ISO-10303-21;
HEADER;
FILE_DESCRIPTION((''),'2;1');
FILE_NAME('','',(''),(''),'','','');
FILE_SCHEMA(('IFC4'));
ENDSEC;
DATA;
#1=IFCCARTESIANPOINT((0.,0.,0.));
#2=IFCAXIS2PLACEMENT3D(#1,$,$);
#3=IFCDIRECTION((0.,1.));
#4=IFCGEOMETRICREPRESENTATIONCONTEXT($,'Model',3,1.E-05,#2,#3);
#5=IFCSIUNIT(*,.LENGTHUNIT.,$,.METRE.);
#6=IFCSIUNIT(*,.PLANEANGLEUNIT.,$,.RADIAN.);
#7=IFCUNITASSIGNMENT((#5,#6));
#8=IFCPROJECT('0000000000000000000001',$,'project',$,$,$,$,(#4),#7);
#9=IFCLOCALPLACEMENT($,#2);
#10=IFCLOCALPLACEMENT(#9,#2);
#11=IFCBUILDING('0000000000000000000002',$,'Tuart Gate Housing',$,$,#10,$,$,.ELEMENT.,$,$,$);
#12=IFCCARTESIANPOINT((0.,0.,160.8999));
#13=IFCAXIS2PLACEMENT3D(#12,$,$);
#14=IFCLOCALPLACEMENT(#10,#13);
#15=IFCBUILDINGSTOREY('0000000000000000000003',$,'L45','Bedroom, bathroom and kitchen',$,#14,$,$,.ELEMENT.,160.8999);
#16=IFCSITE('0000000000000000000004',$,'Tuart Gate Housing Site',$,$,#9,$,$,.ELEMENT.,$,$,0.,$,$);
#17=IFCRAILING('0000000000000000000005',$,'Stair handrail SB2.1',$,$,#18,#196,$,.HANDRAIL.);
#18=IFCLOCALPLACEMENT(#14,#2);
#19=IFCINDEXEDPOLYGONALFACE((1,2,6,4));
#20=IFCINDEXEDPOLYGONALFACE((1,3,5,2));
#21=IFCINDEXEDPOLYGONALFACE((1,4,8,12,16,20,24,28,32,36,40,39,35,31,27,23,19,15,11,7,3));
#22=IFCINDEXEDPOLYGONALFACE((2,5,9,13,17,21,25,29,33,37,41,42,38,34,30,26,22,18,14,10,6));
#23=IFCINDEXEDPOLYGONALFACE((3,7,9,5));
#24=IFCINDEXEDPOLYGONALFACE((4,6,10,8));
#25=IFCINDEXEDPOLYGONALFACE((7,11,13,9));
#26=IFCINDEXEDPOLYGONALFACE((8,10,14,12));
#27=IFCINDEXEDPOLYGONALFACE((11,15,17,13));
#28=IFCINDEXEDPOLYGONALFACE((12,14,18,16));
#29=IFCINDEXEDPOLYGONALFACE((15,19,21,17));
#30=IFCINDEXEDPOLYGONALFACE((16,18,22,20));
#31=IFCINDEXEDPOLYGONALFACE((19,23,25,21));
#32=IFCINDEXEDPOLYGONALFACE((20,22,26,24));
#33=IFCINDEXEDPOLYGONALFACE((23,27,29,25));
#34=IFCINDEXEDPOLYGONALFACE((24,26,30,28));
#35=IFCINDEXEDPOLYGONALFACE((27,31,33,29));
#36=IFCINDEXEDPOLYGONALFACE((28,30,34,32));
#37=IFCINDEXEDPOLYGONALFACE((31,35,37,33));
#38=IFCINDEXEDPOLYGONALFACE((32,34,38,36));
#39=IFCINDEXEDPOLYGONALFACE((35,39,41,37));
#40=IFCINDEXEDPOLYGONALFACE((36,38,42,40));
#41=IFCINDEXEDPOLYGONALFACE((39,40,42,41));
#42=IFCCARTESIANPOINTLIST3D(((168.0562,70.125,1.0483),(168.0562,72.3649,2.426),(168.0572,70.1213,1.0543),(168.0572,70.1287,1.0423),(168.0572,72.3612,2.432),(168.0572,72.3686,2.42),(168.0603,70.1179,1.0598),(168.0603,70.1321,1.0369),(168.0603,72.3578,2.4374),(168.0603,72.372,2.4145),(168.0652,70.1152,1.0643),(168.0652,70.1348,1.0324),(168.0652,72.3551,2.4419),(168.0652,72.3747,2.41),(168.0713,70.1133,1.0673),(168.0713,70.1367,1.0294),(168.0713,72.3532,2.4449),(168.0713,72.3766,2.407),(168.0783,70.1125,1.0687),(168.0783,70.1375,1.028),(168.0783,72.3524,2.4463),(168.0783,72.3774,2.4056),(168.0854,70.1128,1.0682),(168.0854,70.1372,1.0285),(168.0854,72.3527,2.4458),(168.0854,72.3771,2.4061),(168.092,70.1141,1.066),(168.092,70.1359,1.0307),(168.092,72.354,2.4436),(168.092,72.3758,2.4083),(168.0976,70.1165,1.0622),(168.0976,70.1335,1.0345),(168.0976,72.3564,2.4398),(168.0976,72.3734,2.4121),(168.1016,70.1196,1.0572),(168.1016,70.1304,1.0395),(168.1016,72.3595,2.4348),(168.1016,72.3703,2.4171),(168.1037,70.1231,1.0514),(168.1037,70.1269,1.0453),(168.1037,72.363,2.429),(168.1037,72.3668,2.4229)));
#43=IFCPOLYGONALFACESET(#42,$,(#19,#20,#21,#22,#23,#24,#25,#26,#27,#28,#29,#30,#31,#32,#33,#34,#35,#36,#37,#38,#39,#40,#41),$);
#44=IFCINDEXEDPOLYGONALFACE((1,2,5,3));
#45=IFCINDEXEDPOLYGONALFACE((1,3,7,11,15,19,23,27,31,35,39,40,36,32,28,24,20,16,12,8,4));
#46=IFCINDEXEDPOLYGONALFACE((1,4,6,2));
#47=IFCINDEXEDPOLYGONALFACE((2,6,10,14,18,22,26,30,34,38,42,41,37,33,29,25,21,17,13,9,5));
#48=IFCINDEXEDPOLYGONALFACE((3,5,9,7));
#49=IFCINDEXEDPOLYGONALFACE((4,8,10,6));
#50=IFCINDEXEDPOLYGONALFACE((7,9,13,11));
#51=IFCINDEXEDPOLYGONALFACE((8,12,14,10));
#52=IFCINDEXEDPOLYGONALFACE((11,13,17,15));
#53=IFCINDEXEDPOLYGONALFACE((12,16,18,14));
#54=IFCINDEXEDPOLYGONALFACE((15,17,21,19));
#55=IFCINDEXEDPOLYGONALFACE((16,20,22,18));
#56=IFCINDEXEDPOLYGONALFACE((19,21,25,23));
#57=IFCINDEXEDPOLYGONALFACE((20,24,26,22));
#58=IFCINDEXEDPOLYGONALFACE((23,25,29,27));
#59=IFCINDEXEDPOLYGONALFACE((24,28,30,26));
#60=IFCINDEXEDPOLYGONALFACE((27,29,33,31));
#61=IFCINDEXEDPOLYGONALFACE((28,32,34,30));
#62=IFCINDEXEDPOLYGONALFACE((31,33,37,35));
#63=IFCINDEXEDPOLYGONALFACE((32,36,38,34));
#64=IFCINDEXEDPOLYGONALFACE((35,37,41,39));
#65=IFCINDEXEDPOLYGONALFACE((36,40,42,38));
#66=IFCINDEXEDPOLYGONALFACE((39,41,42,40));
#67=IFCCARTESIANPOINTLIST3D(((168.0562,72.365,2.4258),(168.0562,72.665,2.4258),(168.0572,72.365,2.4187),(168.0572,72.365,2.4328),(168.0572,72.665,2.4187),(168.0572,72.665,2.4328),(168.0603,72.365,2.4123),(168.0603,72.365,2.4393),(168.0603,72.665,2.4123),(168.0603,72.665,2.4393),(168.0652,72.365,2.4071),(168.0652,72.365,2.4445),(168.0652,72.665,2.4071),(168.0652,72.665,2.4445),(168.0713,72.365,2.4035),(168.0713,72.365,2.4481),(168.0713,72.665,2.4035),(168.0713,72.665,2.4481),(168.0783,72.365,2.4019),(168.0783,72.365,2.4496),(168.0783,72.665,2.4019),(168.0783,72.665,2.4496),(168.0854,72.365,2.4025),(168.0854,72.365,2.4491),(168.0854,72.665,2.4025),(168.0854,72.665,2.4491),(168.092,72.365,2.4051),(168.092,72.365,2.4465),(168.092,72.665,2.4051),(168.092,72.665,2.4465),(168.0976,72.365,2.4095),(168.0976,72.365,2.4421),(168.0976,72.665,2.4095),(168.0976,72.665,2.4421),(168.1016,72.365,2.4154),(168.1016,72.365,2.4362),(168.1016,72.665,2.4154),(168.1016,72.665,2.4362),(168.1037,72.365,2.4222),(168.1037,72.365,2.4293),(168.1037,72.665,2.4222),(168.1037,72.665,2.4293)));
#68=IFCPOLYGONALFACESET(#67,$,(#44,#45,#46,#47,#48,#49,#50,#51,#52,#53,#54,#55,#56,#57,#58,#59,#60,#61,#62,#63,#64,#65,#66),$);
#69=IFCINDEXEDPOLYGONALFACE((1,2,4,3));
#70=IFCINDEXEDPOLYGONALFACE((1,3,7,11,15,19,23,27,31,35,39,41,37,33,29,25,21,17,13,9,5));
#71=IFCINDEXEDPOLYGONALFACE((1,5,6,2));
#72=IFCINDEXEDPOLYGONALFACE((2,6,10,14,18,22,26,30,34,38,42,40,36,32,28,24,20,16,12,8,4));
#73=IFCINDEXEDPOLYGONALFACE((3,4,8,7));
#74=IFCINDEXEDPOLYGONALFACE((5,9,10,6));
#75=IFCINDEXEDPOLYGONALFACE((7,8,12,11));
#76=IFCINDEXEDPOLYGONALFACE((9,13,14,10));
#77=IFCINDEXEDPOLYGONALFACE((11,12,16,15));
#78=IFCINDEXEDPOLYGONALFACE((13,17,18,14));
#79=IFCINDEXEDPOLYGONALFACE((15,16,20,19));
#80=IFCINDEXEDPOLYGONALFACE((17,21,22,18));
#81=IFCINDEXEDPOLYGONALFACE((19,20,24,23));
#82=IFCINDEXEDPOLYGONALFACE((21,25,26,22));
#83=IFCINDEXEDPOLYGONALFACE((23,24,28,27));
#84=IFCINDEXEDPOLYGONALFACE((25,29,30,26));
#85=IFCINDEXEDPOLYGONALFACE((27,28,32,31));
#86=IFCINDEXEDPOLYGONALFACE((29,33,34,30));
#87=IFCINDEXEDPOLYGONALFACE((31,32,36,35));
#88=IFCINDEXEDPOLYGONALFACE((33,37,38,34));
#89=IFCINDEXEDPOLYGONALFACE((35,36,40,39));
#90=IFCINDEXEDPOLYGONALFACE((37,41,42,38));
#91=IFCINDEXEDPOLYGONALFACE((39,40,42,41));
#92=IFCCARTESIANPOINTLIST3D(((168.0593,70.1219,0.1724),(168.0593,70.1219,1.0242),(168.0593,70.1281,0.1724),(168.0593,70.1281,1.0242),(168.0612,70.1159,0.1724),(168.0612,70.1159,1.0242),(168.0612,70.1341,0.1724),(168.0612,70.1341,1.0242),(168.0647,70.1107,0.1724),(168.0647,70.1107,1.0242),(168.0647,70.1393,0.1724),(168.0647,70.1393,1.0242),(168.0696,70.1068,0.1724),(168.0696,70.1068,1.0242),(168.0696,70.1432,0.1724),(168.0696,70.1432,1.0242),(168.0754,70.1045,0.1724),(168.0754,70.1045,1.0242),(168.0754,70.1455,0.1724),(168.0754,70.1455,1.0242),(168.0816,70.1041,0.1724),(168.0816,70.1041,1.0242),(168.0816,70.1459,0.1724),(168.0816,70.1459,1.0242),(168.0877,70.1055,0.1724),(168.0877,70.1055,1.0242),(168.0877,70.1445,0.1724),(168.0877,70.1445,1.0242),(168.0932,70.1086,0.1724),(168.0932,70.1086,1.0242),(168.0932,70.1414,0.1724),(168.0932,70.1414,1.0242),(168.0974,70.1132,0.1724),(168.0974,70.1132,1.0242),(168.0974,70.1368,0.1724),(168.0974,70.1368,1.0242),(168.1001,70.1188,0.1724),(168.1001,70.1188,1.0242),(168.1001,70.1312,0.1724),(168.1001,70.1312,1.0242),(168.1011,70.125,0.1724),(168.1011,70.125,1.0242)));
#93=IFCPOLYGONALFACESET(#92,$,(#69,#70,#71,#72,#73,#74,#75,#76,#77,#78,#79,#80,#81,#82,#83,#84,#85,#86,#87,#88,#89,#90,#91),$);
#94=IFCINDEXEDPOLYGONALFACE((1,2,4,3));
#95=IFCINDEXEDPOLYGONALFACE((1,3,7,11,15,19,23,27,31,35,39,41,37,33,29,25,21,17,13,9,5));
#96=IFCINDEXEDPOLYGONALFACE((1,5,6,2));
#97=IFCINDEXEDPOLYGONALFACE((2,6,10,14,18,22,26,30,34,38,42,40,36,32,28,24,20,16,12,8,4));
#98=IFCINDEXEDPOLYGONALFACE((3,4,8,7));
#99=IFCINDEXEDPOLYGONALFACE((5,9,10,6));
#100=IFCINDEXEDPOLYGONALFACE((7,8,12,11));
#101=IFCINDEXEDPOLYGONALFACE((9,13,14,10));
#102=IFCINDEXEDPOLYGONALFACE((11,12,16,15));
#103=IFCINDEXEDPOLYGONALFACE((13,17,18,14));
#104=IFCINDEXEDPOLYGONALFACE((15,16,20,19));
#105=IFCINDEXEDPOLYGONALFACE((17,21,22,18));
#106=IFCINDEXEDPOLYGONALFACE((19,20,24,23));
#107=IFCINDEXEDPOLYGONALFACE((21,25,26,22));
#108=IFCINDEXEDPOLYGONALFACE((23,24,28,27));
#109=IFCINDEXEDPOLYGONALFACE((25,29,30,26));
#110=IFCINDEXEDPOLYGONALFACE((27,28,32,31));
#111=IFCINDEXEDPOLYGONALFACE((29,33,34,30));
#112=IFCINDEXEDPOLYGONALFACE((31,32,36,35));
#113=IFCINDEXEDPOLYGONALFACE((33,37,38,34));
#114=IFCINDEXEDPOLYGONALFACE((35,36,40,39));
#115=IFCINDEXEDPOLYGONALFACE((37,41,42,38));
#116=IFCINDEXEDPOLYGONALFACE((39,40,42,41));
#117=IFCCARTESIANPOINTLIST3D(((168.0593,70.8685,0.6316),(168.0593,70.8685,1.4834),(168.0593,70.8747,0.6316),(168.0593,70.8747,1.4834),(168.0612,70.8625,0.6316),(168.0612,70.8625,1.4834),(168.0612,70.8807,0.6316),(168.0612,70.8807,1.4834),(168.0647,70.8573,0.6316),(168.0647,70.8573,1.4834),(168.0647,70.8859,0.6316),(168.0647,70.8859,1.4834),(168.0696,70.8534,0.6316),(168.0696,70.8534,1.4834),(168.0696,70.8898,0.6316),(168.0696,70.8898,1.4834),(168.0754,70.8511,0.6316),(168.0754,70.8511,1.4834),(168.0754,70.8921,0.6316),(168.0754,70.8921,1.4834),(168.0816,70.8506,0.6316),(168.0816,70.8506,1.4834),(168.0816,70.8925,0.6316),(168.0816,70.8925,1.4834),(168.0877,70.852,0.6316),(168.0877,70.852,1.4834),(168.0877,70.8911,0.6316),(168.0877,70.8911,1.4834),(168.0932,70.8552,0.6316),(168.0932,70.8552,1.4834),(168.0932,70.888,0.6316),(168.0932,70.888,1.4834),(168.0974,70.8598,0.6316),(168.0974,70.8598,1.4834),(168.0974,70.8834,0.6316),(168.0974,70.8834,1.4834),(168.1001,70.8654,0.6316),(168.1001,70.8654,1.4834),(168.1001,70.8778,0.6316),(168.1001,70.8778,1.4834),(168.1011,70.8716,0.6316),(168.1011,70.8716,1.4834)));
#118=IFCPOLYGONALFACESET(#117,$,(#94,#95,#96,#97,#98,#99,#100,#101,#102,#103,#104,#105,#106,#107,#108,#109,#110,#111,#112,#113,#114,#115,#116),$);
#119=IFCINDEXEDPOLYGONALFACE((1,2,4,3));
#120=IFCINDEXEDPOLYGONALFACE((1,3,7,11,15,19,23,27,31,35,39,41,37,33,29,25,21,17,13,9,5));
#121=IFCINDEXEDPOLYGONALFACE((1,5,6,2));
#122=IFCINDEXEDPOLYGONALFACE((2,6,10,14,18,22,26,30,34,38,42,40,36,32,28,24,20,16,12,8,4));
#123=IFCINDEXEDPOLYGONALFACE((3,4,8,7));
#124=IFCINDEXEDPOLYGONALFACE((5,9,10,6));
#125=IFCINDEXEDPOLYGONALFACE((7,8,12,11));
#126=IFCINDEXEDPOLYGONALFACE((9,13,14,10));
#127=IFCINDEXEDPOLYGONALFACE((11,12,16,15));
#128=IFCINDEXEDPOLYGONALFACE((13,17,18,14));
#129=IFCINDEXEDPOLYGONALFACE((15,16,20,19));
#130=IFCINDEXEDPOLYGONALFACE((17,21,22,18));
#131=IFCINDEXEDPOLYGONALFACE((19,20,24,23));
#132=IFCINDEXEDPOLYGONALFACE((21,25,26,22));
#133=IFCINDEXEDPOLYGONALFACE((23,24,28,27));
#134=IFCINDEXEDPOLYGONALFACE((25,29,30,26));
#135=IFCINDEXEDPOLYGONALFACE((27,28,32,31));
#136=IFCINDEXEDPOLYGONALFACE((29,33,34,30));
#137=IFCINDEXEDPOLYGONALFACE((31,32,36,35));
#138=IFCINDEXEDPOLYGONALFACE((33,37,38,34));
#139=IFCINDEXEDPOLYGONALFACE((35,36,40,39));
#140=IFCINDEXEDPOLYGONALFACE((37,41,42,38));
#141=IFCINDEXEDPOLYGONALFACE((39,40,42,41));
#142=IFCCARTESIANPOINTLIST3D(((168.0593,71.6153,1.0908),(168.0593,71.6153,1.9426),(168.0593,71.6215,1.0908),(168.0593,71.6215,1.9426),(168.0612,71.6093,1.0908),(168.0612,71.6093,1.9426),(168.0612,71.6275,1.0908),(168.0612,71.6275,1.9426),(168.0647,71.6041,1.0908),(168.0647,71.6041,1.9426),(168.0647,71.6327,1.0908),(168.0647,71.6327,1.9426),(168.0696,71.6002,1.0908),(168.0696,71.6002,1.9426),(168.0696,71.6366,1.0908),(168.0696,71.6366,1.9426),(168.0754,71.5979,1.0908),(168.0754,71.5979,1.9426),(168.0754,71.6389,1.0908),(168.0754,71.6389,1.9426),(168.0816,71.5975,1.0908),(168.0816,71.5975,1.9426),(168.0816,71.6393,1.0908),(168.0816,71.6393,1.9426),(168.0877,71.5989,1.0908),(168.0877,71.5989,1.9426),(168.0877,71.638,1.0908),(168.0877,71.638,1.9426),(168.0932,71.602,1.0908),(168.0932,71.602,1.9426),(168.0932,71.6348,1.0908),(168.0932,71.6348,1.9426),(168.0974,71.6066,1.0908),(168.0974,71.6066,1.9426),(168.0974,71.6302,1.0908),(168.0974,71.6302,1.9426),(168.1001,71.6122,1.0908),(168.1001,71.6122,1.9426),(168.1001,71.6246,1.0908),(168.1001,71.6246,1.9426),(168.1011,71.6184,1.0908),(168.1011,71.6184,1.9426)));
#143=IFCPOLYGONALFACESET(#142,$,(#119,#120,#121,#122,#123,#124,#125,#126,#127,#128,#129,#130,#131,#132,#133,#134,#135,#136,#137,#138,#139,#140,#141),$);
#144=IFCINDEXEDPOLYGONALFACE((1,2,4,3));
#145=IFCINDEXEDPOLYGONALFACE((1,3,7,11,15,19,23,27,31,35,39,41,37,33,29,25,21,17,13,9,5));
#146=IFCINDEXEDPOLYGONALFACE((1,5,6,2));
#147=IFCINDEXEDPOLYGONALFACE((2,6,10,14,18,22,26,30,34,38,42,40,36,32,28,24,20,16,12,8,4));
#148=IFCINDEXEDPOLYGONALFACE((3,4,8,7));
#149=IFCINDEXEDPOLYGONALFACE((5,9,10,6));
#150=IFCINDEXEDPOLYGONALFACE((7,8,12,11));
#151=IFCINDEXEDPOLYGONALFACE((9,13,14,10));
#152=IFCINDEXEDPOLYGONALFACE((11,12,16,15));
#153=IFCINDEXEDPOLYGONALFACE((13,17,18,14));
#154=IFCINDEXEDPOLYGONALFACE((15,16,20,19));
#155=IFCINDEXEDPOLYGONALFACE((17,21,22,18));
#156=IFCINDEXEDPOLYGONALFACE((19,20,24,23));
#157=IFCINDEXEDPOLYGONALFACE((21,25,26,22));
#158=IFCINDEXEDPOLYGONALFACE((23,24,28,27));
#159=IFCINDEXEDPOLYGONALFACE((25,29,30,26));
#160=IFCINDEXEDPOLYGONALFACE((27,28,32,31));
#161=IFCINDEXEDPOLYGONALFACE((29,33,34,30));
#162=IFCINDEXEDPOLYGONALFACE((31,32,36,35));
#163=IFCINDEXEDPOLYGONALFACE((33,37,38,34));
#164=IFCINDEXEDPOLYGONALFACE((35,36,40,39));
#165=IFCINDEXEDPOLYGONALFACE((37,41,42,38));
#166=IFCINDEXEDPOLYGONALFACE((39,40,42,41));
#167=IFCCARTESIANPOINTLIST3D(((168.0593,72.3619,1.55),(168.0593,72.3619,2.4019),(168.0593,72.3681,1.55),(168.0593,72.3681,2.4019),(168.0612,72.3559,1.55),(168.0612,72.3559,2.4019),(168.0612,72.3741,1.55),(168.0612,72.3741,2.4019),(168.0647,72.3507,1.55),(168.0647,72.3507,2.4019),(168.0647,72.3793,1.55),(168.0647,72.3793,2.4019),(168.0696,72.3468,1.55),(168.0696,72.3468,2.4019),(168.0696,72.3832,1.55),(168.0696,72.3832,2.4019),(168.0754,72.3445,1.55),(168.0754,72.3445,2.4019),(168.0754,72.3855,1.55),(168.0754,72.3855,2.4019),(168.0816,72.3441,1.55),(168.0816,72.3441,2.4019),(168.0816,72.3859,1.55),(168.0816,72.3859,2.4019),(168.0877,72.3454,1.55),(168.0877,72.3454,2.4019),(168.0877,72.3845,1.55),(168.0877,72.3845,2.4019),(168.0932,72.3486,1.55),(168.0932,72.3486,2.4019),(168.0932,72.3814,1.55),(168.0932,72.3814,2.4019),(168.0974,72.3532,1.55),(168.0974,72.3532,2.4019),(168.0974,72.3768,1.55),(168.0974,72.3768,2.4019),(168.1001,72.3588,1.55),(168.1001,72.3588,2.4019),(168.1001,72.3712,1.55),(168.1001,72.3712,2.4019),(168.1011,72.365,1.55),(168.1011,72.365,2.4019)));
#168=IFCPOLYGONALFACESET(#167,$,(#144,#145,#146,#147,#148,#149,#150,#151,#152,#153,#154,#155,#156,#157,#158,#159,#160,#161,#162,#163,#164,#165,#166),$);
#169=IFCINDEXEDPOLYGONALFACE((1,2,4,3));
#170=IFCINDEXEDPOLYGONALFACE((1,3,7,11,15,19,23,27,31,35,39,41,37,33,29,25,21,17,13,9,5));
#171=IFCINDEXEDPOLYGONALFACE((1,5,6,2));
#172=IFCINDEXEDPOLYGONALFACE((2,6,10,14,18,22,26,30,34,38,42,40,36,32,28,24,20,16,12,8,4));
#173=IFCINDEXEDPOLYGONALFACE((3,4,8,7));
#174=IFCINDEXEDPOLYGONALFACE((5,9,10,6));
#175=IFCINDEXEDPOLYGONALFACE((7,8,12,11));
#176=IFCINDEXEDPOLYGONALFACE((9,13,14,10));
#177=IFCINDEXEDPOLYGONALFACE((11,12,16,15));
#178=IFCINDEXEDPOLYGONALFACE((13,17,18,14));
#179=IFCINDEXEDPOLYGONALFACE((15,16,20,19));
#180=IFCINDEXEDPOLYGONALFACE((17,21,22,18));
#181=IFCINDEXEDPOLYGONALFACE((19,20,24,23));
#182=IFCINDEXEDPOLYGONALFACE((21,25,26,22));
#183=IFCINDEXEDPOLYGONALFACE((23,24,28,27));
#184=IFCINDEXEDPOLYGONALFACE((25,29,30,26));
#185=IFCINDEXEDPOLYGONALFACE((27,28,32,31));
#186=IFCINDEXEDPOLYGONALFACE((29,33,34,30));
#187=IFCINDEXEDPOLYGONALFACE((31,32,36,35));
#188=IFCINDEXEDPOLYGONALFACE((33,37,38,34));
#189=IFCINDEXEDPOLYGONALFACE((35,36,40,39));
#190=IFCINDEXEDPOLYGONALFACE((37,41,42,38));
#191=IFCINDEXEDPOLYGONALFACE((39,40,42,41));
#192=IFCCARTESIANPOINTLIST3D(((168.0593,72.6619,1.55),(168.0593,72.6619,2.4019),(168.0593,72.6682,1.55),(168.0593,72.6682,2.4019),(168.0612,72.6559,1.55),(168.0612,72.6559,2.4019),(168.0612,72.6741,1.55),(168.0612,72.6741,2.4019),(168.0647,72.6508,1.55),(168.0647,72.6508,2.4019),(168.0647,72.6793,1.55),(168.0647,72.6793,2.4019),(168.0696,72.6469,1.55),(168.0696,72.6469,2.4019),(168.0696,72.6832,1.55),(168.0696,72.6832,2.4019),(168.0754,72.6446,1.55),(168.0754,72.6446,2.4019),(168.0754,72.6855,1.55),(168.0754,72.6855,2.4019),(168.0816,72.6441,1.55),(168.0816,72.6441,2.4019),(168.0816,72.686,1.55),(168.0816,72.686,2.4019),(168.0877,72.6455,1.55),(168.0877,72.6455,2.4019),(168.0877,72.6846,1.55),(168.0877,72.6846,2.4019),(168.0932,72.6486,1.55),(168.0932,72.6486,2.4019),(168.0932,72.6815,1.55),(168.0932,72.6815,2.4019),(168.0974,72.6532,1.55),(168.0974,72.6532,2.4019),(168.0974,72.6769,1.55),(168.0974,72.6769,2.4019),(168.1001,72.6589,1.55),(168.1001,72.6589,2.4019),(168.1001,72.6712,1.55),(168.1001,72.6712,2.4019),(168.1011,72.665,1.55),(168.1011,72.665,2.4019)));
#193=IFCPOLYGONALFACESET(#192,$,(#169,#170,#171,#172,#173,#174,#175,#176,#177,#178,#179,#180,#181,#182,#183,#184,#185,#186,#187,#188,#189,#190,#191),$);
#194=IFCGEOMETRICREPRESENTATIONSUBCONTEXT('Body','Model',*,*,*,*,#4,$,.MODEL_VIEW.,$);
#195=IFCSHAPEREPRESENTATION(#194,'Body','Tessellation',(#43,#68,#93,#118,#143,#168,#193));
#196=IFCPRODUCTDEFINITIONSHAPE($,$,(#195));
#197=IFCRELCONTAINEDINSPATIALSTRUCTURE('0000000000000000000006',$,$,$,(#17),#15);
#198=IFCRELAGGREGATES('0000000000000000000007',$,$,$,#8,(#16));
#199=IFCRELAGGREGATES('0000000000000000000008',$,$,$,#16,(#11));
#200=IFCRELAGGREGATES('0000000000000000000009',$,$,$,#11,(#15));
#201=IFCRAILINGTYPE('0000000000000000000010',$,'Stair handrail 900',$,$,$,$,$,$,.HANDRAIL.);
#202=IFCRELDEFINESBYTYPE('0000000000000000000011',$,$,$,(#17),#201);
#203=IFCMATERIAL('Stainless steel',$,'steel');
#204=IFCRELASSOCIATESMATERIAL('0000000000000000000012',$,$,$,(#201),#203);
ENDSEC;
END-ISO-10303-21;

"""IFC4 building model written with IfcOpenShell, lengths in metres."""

from ifc_helpers import new_model, si_unit, direction, frame, origin, origin_2d, place, context, subcontext, project, spatial, circle, extrude, material, type_object, element, save


model = new_model("IFC4")

# Units and contexts
model_context = context("Model", 3, precision=1e-05, world=origin(), true_north=direction((0.0, 1.0)))
body_context = subcontext(model_context, "Body", "Model", "MODEL_VIEW")
ifc_project = project(units=[si_unit("LENGTHUNIT", "METRE"), si_unit("PLANEANGLEUNIT", "RADIAN")], contexts=[model_context])

# Site, building, storey
site_placement = place(None, origin())
site = spatial("IfcSite", under=ifc_project, at=site_placement, Name="Tuart Gate Housing Site", CompositionType="ELEMENT", RefElevation=0.0)
building_placement = place(site_placement, origin())
building = spatial("IfcBuilding", under=site, at=building_placement, Name="Tuart Gate Housing", CompositionType="ELEMENT")
storey_placement = place(building_placement, frame((0.0, 0.0, 160.8999)))
storey = spatial("IfcBuildingStorey", under=building, at=storey_placement, Name="L45", Description="Bedroom, bathroom and kitchen", CompositionType="ELEMENT", Elevation=160.8999)

# Railing
ifc_material_1 = material(Name="Stainless steel", Category="steel")
railing_type = type_object("IfcRailingType", Name="Stair handrail 900", PredefinedType="HANDRAIL", material=ifc_material_1)
railing_placement = place(storey_placement, frame((168.0801, 70.125, 0.1724)))
element("IfcRailing", 1, at=railing_placement, inside=storey, type_object=railing_type, Name="Stair handrail SB2.1", PredefinedType="HANDRAIL", context=body_context, shape_type="SweptSolid", body=[
    extrude(circle(Radius=0.0239, at=origin_2d()), frame((0.0, 0.0, 0.876), z_axis=(0.0, 0.851789, 0.523885), x_axis=(-1.0, 0.0, 0.0)), (0.0, 0.0, 1.0), 2.6296),
    extrude(circle(Radius=0.0239, at=origin_2d()), frame((0.0, 2.24, 2.2534), z_axis=(0.0, 1.0, 0.0), x_axis=(-1.0, 0.0, 0.0)), (0.0, 0.0, 1.0), 0.3),
    extrude(circle(Radius=0.021, at=origin_2d()), origin(), (0.0, 0.0, 1.0), 0.8518),
    extrude(circle(Radius=0.021, at=origin_2d()), frame((0.0, 0.7466, 0.4592)), (0.0, 0.0, 1.0), 0.8518),
    extrude(circle(Radius=0.021, at=origin_2d()), frame((0.0, 1.4934, 0.9185)), (0.0, 0.0, 1.0), 0.8518),
    extrude(circle(Radius=0.021, at=origin_2d()), frame((0.0, 2.24, 1.3777)), (0.0, 0.0, 1.0), 0.8518),
    extrude(circle(Radius=0.021, at=origin_2d()), frame((0.0, 2.54, 1.3777)), (0.0, 0.0, 1.0), 0.8518),
])

save(model, "model.ifc")
